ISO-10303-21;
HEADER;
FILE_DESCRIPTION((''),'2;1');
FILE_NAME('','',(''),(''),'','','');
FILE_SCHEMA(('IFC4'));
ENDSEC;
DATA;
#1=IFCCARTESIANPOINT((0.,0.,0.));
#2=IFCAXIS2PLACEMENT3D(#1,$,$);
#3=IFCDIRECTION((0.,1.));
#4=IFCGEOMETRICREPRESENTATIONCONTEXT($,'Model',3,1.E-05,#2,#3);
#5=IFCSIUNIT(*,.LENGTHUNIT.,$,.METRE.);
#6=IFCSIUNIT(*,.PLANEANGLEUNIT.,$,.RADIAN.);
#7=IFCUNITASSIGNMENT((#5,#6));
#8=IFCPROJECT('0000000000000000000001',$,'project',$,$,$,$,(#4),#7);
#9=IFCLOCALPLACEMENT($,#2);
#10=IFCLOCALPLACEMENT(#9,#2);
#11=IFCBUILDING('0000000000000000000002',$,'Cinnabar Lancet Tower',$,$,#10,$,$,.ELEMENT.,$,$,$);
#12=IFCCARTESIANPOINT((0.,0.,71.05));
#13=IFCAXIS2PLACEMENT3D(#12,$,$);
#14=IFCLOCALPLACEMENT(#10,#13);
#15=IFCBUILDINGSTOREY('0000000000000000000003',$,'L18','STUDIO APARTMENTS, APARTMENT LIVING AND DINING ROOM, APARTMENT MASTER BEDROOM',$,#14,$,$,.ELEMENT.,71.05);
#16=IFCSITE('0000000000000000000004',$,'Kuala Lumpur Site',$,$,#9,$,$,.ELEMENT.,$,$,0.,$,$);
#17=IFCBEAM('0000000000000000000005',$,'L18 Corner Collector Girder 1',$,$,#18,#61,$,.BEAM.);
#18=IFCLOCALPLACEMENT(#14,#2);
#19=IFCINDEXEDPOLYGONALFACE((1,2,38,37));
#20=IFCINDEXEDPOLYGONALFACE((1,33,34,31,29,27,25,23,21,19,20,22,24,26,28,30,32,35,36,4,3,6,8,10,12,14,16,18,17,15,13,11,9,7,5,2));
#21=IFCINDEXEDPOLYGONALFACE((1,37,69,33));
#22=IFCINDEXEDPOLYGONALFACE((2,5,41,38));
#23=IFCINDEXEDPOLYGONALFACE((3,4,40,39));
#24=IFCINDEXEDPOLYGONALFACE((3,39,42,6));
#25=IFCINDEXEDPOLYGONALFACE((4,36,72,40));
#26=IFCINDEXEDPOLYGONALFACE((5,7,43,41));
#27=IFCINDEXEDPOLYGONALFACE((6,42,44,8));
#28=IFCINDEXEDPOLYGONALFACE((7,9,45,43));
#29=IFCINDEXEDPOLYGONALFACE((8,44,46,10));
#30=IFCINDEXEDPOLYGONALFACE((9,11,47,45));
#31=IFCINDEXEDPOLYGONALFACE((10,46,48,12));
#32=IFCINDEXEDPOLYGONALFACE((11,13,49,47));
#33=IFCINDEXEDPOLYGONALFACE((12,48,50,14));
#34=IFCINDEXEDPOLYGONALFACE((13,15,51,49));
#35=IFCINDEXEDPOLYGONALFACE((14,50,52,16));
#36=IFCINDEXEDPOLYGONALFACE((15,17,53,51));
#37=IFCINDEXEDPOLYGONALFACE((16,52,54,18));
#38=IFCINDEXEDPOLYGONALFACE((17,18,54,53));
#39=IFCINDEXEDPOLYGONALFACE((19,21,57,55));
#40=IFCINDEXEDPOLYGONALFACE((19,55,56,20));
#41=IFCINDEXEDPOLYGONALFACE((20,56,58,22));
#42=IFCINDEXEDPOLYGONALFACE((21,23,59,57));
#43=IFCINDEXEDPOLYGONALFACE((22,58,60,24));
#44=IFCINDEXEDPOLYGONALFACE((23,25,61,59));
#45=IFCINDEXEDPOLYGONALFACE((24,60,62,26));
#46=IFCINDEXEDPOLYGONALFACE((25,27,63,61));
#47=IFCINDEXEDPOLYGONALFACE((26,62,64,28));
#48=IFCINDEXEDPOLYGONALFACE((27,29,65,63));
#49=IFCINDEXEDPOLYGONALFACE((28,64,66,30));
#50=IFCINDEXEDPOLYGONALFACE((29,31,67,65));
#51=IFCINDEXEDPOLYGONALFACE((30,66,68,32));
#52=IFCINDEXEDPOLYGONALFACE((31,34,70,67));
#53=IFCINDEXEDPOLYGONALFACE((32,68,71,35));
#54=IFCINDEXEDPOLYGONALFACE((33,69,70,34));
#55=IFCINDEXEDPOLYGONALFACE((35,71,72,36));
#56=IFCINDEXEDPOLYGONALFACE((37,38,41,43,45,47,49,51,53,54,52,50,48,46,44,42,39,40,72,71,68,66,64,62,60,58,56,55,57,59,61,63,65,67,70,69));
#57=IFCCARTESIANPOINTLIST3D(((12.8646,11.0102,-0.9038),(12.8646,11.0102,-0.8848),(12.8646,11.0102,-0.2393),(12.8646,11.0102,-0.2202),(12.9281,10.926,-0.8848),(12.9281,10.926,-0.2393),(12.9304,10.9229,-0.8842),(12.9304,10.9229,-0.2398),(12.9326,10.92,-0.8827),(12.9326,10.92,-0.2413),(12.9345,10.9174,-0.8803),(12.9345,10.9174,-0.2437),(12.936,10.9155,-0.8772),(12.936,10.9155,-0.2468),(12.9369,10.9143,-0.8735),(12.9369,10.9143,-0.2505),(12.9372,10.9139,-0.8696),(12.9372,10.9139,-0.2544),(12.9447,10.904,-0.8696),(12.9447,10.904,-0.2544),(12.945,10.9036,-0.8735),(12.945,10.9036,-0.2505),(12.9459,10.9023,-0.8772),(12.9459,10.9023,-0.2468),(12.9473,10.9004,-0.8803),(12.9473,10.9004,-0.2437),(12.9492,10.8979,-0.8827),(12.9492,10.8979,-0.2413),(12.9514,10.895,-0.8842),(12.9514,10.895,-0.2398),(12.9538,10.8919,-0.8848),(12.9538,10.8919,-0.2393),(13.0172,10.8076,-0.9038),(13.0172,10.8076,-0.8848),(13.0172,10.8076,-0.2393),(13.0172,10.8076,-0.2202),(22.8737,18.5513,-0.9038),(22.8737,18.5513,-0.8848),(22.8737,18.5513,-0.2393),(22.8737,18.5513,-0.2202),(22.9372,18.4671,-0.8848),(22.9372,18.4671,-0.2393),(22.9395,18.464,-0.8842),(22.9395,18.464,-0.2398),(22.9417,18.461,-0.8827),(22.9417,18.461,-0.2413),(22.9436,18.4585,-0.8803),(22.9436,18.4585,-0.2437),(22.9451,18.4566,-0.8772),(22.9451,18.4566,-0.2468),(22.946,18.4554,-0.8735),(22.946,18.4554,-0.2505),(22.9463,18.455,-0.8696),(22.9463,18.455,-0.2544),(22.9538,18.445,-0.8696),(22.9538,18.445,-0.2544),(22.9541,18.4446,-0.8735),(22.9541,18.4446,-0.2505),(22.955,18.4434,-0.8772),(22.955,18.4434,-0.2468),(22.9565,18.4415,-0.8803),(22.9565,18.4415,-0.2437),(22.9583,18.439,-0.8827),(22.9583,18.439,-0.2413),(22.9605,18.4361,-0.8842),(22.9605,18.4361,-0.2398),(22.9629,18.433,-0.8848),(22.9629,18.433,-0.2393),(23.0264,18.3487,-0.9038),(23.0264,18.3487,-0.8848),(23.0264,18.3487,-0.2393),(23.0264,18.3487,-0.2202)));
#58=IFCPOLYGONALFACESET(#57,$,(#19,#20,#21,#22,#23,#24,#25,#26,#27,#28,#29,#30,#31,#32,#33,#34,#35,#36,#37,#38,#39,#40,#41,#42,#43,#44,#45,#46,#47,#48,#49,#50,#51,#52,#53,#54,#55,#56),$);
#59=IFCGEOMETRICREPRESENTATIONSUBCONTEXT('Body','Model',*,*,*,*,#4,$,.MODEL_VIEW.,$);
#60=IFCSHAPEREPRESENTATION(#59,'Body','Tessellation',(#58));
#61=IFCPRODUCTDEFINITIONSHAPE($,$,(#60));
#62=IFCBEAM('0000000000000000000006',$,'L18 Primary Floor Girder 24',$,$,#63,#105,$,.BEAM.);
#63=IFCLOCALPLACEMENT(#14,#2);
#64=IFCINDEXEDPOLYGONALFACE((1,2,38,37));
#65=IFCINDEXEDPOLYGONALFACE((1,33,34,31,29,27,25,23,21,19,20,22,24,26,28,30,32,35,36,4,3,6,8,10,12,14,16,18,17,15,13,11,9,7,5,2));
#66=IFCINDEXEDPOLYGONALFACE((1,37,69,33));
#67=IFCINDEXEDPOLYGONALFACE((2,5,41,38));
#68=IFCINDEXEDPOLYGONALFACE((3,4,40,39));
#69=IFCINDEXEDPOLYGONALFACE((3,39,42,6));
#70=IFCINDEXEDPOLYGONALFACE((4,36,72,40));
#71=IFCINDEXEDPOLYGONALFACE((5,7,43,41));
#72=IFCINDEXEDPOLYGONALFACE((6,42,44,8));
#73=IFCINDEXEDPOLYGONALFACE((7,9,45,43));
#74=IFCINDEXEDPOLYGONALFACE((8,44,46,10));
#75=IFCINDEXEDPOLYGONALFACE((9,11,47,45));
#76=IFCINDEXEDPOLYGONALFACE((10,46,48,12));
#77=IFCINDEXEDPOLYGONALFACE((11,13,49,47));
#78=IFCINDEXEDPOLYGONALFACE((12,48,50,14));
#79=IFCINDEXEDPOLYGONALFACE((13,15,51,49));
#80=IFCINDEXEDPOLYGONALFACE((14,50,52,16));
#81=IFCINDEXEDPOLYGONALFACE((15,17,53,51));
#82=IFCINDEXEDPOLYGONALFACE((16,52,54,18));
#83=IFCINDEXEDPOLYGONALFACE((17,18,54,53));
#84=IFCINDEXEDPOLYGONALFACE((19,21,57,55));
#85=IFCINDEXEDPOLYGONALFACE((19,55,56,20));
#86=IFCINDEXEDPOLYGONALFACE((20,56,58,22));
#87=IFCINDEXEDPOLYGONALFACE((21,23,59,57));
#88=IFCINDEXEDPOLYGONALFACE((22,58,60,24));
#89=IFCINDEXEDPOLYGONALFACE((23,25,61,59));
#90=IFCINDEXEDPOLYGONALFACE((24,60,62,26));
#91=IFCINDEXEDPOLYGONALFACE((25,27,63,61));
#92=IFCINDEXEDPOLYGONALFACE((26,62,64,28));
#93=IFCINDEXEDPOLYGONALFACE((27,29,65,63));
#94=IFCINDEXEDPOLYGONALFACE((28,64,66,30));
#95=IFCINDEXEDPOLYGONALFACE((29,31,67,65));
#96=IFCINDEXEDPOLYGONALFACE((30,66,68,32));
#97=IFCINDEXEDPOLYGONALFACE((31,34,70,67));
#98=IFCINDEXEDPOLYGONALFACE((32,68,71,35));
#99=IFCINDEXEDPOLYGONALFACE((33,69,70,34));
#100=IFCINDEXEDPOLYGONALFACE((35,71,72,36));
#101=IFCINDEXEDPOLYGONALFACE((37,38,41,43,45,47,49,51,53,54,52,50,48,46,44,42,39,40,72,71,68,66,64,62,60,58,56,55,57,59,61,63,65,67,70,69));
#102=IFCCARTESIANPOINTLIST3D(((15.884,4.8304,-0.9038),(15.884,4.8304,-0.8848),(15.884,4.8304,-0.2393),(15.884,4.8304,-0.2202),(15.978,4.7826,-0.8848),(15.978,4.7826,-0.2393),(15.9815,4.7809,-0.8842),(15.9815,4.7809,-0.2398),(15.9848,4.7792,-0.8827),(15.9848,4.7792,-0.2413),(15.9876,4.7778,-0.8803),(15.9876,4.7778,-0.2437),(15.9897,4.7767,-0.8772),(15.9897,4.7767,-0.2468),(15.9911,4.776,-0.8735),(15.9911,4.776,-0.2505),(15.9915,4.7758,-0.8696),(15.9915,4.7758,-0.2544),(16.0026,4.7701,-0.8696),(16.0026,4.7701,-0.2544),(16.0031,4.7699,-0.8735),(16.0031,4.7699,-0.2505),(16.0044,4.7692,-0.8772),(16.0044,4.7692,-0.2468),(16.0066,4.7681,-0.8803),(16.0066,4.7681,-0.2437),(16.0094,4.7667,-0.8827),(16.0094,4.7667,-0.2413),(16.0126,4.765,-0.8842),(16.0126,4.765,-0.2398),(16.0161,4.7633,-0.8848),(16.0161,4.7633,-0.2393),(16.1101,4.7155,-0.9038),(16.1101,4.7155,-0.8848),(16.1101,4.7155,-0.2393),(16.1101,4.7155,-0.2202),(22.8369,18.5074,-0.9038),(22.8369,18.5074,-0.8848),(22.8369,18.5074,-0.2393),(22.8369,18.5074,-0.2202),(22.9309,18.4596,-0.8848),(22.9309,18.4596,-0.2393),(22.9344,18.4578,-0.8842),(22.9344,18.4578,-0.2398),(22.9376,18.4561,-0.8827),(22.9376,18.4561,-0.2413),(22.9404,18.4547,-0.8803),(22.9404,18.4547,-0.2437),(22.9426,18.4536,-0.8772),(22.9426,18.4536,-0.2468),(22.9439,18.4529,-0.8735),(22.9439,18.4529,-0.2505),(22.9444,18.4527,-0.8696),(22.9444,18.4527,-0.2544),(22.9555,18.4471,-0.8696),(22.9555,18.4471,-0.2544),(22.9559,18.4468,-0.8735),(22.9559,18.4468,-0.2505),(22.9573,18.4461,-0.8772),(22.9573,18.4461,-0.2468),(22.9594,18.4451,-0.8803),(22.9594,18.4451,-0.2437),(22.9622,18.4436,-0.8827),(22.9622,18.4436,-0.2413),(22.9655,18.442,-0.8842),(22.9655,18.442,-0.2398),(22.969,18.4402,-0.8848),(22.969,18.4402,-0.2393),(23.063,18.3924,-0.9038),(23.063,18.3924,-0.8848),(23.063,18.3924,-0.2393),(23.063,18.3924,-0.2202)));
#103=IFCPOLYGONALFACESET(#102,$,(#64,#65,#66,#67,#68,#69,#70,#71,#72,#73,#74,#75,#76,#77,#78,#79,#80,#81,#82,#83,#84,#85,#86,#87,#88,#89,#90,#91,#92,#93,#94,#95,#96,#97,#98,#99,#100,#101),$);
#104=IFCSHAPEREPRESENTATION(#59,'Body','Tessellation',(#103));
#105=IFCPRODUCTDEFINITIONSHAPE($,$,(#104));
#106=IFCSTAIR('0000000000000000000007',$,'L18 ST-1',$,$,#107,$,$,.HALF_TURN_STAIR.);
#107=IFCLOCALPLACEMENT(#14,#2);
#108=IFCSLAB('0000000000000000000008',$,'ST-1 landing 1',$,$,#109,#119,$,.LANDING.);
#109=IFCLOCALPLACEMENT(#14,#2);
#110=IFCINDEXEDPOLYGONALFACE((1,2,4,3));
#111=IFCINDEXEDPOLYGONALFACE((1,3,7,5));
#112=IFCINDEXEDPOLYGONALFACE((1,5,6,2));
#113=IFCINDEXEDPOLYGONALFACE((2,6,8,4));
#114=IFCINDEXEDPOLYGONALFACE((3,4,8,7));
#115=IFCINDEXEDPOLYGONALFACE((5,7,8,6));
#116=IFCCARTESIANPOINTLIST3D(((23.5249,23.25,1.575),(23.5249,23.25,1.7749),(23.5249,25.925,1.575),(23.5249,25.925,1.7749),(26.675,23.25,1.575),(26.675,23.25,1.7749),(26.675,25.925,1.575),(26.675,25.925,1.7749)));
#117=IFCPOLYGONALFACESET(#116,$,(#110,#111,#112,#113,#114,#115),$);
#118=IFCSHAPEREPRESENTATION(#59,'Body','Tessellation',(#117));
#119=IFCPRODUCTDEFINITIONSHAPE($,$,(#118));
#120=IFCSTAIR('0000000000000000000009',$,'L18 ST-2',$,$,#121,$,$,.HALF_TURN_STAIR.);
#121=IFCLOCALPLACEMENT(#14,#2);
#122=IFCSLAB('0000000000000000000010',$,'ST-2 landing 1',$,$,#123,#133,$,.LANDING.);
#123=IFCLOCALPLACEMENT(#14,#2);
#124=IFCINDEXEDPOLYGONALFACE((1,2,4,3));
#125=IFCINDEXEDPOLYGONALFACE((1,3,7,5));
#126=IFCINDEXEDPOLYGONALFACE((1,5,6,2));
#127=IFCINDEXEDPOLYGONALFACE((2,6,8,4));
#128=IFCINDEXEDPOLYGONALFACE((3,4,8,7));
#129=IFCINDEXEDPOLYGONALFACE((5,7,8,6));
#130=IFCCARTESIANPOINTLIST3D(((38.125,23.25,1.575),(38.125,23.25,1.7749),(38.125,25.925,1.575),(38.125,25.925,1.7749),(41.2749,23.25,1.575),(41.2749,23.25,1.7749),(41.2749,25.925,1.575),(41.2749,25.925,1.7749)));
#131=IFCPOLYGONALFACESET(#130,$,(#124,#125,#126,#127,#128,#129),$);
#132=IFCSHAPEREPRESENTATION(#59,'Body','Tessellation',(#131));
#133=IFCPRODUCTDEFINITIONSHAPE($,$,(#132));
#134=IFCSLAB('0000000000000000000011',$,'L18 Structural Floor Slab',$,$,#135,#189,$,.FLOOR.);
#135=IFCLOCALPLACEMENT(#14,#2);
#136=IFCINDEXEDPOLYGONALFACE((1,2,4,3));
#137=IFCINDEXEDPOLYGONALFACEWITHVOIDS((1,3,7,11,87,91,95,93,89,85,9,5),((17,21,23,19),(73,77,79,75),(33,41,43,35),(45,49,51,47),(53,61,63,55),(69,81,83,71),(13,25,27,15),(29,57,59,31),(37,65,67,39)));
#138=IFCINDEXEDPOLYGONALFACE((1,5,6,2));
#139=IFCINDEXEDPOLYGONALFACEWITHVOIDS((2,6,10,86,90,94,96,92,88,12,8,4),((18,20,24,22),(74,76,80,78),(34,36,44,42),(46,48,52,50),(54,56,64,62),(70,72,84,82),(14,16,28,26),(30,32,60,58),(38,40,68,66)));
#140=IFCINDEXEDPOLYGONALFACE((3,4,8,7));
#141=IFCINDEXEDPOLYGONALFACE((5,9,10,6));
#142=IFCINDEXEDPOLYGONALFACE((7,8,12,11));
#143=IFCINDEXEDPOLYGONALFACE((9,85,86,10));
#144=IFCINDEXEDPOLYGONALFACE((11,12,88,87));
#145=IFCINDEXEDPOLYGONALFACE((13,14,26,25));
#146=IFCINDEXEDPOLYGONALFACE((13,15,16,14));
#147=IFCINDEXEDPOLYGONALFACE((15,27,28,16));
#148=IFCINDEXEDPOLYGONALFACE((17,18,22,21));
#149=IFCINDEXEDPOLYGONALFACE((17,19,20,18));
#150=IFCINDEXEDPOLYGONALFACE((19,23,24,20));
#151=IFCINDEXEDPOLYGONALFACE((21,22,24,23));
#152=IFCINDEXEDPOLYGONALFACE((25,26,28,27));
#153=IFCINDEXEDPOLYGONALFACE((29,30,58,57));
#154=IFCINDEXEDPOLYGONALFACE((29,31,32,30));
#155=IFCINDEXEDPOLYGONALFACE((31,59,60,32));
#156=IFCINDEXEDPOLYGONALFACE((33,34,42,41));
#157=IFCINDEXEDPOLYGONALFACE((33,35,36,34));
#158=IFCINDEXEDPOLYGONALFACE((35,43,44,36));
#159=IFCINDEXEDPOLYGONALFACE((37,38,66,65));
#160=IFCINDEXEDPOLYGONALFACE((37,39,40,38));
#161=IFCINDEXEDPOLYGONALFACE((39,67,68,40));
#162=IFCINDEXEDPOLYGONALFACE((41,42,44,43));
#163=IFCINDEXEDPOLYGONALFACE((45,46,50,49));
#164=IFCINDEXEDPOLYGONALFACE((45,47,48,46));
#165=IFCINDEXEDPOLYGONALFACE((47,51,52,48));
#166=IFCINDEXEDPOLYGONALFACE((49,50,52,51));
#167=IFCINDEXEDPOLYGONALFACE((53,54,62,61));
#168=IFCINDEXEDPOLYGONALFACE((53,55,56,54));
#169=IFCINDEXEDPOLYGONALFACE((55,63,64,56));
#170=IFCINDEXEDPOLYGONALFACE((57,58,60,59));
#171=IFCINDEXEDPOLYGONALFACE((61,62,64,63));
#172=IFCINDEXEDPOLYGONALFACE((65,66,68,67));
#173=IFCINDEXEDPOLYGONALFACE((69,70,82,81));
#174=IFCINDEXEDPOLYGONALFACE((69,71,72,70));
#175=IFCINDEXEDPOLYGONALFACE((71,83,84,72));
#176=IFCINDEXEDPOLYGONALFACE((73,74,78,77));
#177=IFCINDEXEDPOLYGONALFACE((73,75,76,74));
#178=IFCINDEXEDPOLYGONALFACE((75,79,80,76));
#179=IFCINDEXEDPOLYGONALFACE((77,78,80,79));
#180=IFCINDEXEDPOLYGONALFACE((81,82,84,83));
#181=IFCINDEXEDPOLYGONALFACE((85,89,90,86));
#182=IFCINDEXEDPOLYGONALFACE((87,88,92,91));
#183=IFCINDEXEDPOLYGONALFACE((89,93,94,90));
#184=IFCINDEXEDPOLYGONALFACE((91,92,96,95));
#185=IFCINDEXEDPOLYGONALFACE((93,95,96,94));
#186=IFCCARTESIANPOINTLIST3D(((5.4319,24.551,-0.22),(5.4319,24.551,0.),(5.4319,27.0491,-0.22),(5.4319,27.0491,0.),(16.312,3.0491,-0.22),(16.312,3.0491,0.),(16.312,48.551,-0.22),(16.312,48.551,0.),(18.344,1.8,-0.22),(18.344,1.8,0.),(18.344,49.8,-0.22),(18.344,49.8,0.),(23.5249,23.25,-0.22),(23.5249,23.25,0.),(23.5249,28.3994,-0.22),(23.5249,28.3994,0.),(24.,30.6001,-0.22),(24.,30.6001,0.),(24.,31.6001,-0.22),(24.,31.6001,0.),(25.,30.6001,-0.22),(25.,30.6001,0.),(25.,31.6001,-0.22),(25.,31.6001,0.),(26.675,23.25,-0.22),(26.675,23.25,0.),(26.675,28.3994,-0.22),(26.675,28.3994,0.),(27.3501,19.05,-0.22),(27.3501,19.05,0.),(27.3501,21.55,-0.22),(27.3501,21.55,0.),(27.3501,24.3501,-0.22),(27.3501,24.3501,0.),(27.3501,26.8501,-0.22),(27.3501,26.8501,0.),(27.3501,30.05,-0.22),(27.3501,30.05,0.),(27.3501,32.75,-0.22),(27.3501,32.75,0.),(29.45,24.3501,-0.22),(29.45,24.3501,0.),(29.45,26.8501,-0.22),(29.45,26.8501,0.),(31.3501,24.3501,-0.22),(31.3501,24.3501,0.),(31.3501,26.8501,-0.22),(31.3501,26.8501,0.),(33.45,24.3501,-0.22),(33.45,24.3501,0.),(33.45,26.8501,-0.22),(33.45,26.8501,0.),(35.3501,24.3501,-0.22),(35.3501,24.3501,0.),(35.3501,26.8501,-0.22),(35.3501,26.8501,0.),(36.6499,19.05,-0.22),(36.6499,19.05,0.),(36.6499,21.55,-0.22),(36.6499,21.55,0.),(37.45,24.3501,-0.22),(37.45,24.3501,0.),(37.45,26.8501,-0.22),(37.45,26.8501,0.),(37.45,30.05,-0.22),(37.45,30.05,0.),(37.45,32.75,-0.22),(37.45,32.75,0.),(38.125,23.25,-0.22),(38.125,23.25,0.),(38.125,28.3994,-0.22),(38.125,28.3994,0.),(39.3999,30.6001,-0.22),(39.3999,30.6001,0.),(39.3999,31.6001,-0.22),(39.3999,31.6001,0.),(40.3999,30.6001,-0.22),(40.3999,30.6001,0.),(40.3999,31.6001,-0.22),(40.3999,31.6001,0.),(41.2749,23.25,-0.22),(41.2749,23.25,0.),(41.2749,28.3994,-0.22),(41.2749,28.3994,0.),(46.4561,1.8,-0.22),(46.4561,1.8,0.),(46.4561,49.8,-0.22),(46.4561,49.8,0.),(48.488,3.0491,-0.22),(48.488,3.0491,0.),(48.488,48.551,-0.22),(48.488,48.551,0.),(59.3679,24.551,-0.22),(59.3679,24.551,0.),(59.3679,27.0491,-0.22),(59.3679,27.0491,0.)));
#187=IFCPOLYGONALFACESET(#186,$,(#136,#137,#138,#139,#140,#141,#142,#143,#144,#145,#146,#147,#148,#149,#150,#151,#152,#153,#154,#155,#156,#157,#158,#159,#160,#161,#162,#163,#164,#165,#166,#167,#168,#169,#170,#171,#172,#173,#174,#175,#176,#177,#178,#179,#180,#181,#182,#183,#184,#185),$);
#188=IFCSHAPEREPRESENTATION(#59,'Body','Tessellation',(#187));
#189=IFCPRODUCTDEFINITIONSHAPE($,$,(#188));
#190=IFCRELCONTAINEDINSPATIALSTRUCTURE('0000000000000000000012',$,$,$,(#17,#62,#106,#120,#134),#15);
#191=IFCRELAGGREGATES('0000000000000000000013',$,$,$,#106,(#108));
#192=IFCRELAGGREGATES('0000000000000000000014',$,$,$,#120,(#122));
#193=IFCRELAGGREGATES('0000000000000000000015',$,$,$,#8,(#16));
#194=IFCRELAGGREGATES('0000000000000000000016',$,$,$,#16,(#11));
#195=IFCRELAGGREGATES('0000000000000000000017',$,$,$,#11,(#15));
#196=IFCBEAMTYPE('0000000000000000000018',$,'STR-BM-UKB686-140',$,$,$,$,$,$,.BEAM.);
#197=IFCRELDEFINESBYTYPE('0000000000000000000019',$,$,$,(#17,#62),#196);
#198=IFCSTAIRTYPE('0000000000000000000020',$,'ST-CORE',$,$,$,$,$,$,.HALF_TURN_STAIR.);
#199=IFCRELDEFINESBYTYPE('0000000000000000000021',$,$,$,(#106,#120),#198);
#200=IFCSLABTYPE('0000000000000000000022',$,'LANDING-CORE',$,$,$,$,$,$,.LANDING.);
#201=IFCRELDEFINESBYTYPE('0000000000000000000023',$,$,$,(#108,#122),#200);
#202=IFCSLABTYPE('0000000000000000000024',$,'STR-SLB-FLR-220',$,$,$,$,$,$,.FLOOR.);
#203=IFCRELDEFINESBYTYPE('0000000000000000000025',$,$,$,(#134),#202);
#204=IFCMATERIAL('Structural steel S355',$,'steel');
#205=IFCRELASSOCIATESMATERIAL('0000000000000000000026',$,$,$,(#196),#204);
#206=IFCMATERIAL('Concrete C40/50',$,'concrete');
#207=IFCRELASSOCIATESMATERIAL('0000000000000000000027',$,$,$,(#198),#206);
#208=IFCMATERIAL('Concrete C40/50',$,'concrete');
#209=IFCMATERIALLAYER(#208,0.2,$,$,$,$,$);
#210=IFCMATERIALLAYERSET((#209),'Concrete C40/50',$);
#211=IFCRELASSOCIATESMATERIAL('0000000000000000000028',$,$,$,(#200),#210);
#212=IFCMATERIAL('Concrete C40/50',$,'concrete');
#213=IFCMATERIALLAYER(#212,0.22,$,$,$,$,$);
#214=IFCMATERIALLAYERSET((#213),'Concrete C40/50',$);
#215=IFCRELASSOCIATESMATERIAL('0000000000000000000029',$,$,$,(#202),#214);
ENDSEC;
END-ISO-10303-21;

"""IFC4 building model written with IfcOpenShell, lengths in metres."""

from ifc_helpers import new_model, si_unit, direction, frame, origin, origin_2d, place, context, subcontext, project, spatial, polyline, i_section, outline, extrude, material, layer, layer_set, material_profile, profile_set, type_object, element, aggregate, save


model = new_model("IFC4")

# Units and contexts
model_context = context("Model", 3, precision=1e-05, world=origin(), true_north=direction((0.0, 1.0)))
body_context = subcontext(model_context, "Body", "Model", "MODEL_VIEW")
ifc_project = project(units=[si_unit("LENGTHUNIT", "METRE"), si_unit("PLANEANGLEUNIT", "RADIAN")], contexts=[model_context])

# Site, building, storey
site_placement = place(None, origin())
site = spatial("IfcSite", under=ifc_project, at=site_placement, Name="Kuala Lumpur Site", CompositionType="ELEMENT", RefElevation=0.0)
building_placement = place(site_placement, origin())
building = spatial("IfcBuilding", under=site, at=building_placement, Name="Cinnabar Lancet Tower", CompositionType="ELEMENT")
storey_placement = place(building_placement, frame((0.0, 0.0, 71.05)))
storey = spatial("IfcBuildingStorey", under=building, at=storey_placement, Name="L18", Description="STUDIO APARTMENTS, APARTMENT LIVING AND DINING ROOM, APARTMENT MASTER BEDROOM", CompositionType="ELEMENT", Elevation=71.05)

# Beams
ifc_material_1 = material(Name="Structural steel S355", Category="steel")
ifc_material_profile_1 = material_profile(ifc_material_1, i_section(OverallWidth=0.2537, OverallDepth=0.6836, WebThickness=0.0125, FlangeThickness=0.019, FilletRadius=0.0151, at=origin_2d()), Name="UKB 686x254x140")
ifc_profile_set_1 = profile_set([ifc_material_profile_1], Name="Structural steel S355")
beam_type_1 = type_object("IfcBeamType", Name="STR-BM-UKB686-140", PredefinedType="BEAM", material=ifc_profile_set_1)
beam_1_placement = place(storey_placement, frame((12.9409, 10.9089, -0.562), z_axis=(0.798687, 0.601747, 0.0), x_axis=(-0.601747, 0.798687, 0.0)))
element("IfcBeam", 1, at=beam_1_placement, inside=storey, type_object=beam_type_1, Name="L18 Corner Collector Girder 1", PredefinedType="BEAM", context=body_context, shape_type="SweptSolid", body=[
    extrude(i_section(OverallWidth=0.2537, OverallDepth=0.6836, WebThickness=0.0125, FlangeThickness=0.019, FilletRadius=0.0151, at=origin_2d()), origin(), (0.0, 0.0, 1.0), 12.532),
])
beam_2_placement = place(storey_placement, frame((15.9971, 4.7729, -0.562), z_axis=(0.453168, 0.891425, 0.0), x_axis=(-0.891425, 0.453168, 0.0)))
element("IfcBeam", 2, at=beam_2_placement, inside=storey, type_object=beam_type_1, Name="L18 Primary Floor Girder 24", PredefinedType="BEAM", context=body_context, shape_type="SweptSolid", body=[
    extrude(i_section(OverallWidth=0.2537, OverallDepth=0.6836, WebThickness=0.0125, FlangeThickness=0.019, FilletRadius=0.0151, at=origin_2d()), origin(), (0.0, 0.0, 1.0), 15.3428),
])

# Stairs, slabs
ifc_material_2 = material(Name="Concrete C40/50", Category="concrete")
stair_type = type_object("IfcStairType", Name="ST-CORE", PredefinedType="HALF_TURN_STAIR", material=ifc_material_2)
stair_1_placement = place(storey_placement, origin())
stair_1 = element("IfcStair", 3, at=stair_1_placement, inside=storey, type_object=stair_type, Name="L18 ST-1", PredefinedType="HALF_TURN_STAIR")
ifc_material_3 = material(Name="Concrete C40/50", Category="concrete")
ifc_layer_1 = layer(ifc_material_3, 0.2)
ifc_layer_set_1 = layer_set([ifc_layer_1], Name="Concrete C40/50")
slab_type_1 = type_object("IfcSlabType", Name="LANDING-CORE", PredefinedType="LANDING", material=ifc_layer_set_1)
slab_1_placement = place(storey_placement, frame((0.0, 0.0, 1.575)))
slab_1 = element("IfcSlab", 4, at=slab_1_placement, type_object=slab_type_1, Name="ST-1 landing 1", PredefinedType="LANDING", context=body_context, shape_type="SweptSolid", body=[
    extrude(outline(polyline([(23.5249, 25.925), (23.5249, 23.25), (26.675, 23.25), (26.675, 25.925), (23.5249, 25.925)])), origin(), (0.0, 0.0, 1.0), 0.2),
])
aggregate(stair_1, [slab_1])
stair_2_placement = place(storey_placement, origin())
stair_2 = element("IfcStair", 5, at=stair_2_placement, inside=storey, type_object=stair_type, Name="L18 ST-2", PredefinedType="HALF_TURN_STAIR")
slab_2_placement = place(storey_placement, frame((0.0, 0.0, 1.575)))
slab_2 = element("IfcSlab", 6, at=slab_2_placement, type_object=slab_type_1, Name="ST-2 landing 1", PredefinedType="LANDING", context=body_context, shape_type="SweptSolid", body=[
    extrude(outline(polyline([(38.125, 25.925), (38.125, 23.25), (41.2749, 23.25), (41.2749, 25.925), (38.125, 25.925)])), origin(), (0.0, 0.0, 1.0), 0.2),
])
aggregate(stair_2, [slab_2])

# Slab
ifc_material_4 = material(Name="Concrete C40/50", Category="concrete")
ifc_layer_2 = layer(ifc_material_4, 0.22)
ifc_layer_set_2 = layer_set([ifc_layer_2], Name="Concrete C40/50")
slab_type_2 = type_object("IfcSlabType", Name="STR-SLB-FLR-220", PredefinedType="FLOOR", material=ifc_layer_set_2)
slab_3_placement = place(storey_placement, frame((0.0, 0.0, -0.22)))
element("IfcSlab", 7, at=slab_3_placement, inside=storey, type_object=slab_type_2, Name="L18 Structural Floor Slab", PredefinedType="FLOOR", context=body_context, shape_type="SweptSolid", body=[
    extrude(outline(polyline([(16.312, 3.0491), (18.344, 1.8), (46.4561, 1.8), (48.488, 3.0491), (59.3679, 24.551), (59.3679, 27.0491), (48.488, 48.551), (46.4561, 49.8), (18.344, 49.8), (16.312, 48.551), (5.4319, 27.0491), (5.4319, 24.551), (16.312, 3.0491)]), holes=[polyline([(23.5249, 23.25), (26.675, 23.25), (26.675, 28.3994), (23.5249, 28.3994), (23.5249, 23.25)]), polyline([(38.125, 23.25), (41.2749, 23.25), (41.2749, 28.3994), (38.125, 28.3994), (38.125, 23.25)]), polyline([(27.3501, 30.05), (37.45, 30.05), (37.45, 32.75), (27.3501, 32.75), (27.3501, 30.05)]), polyline([(27.3501, 19.05), (36.6499, 19.05), (36.6499, 21.55), (27.3501, 21.55), (27.3501, 19.05)]), polyline([(27.3501, 24.3501), (29.45, 24.3501), (29.45, 26.8501), (27.3501, 26.8501), (27.3501, 24.3501)]), polyline([(35.3501, 24.3501), (37.45, 24.3501), (37.45, 26.8501), (35.3501, 26.8501), (35.3501, 24.3501)]), polyline([(31.3501, 24.3501), (33.45, 24.3501), (33.45, 26.8501), (31.3501, 26.8501), (31.3501, 24.3501)]), polyline([(24.0, 30.6001), (25.0, 30.6001), (25.0, 31.6001), (24.0, 31.6001), (24.0, 30.6001)]), polyline([(39.3999, 30.6001), (40.3999, 30.6001), (40.3999, 31.6001), (39.3999, 31.6001), (39.3999, 30.6001)])]), origin(), (0.0, 0.0, 1.0), 0.22),
])

save(model, "model.ifc")
